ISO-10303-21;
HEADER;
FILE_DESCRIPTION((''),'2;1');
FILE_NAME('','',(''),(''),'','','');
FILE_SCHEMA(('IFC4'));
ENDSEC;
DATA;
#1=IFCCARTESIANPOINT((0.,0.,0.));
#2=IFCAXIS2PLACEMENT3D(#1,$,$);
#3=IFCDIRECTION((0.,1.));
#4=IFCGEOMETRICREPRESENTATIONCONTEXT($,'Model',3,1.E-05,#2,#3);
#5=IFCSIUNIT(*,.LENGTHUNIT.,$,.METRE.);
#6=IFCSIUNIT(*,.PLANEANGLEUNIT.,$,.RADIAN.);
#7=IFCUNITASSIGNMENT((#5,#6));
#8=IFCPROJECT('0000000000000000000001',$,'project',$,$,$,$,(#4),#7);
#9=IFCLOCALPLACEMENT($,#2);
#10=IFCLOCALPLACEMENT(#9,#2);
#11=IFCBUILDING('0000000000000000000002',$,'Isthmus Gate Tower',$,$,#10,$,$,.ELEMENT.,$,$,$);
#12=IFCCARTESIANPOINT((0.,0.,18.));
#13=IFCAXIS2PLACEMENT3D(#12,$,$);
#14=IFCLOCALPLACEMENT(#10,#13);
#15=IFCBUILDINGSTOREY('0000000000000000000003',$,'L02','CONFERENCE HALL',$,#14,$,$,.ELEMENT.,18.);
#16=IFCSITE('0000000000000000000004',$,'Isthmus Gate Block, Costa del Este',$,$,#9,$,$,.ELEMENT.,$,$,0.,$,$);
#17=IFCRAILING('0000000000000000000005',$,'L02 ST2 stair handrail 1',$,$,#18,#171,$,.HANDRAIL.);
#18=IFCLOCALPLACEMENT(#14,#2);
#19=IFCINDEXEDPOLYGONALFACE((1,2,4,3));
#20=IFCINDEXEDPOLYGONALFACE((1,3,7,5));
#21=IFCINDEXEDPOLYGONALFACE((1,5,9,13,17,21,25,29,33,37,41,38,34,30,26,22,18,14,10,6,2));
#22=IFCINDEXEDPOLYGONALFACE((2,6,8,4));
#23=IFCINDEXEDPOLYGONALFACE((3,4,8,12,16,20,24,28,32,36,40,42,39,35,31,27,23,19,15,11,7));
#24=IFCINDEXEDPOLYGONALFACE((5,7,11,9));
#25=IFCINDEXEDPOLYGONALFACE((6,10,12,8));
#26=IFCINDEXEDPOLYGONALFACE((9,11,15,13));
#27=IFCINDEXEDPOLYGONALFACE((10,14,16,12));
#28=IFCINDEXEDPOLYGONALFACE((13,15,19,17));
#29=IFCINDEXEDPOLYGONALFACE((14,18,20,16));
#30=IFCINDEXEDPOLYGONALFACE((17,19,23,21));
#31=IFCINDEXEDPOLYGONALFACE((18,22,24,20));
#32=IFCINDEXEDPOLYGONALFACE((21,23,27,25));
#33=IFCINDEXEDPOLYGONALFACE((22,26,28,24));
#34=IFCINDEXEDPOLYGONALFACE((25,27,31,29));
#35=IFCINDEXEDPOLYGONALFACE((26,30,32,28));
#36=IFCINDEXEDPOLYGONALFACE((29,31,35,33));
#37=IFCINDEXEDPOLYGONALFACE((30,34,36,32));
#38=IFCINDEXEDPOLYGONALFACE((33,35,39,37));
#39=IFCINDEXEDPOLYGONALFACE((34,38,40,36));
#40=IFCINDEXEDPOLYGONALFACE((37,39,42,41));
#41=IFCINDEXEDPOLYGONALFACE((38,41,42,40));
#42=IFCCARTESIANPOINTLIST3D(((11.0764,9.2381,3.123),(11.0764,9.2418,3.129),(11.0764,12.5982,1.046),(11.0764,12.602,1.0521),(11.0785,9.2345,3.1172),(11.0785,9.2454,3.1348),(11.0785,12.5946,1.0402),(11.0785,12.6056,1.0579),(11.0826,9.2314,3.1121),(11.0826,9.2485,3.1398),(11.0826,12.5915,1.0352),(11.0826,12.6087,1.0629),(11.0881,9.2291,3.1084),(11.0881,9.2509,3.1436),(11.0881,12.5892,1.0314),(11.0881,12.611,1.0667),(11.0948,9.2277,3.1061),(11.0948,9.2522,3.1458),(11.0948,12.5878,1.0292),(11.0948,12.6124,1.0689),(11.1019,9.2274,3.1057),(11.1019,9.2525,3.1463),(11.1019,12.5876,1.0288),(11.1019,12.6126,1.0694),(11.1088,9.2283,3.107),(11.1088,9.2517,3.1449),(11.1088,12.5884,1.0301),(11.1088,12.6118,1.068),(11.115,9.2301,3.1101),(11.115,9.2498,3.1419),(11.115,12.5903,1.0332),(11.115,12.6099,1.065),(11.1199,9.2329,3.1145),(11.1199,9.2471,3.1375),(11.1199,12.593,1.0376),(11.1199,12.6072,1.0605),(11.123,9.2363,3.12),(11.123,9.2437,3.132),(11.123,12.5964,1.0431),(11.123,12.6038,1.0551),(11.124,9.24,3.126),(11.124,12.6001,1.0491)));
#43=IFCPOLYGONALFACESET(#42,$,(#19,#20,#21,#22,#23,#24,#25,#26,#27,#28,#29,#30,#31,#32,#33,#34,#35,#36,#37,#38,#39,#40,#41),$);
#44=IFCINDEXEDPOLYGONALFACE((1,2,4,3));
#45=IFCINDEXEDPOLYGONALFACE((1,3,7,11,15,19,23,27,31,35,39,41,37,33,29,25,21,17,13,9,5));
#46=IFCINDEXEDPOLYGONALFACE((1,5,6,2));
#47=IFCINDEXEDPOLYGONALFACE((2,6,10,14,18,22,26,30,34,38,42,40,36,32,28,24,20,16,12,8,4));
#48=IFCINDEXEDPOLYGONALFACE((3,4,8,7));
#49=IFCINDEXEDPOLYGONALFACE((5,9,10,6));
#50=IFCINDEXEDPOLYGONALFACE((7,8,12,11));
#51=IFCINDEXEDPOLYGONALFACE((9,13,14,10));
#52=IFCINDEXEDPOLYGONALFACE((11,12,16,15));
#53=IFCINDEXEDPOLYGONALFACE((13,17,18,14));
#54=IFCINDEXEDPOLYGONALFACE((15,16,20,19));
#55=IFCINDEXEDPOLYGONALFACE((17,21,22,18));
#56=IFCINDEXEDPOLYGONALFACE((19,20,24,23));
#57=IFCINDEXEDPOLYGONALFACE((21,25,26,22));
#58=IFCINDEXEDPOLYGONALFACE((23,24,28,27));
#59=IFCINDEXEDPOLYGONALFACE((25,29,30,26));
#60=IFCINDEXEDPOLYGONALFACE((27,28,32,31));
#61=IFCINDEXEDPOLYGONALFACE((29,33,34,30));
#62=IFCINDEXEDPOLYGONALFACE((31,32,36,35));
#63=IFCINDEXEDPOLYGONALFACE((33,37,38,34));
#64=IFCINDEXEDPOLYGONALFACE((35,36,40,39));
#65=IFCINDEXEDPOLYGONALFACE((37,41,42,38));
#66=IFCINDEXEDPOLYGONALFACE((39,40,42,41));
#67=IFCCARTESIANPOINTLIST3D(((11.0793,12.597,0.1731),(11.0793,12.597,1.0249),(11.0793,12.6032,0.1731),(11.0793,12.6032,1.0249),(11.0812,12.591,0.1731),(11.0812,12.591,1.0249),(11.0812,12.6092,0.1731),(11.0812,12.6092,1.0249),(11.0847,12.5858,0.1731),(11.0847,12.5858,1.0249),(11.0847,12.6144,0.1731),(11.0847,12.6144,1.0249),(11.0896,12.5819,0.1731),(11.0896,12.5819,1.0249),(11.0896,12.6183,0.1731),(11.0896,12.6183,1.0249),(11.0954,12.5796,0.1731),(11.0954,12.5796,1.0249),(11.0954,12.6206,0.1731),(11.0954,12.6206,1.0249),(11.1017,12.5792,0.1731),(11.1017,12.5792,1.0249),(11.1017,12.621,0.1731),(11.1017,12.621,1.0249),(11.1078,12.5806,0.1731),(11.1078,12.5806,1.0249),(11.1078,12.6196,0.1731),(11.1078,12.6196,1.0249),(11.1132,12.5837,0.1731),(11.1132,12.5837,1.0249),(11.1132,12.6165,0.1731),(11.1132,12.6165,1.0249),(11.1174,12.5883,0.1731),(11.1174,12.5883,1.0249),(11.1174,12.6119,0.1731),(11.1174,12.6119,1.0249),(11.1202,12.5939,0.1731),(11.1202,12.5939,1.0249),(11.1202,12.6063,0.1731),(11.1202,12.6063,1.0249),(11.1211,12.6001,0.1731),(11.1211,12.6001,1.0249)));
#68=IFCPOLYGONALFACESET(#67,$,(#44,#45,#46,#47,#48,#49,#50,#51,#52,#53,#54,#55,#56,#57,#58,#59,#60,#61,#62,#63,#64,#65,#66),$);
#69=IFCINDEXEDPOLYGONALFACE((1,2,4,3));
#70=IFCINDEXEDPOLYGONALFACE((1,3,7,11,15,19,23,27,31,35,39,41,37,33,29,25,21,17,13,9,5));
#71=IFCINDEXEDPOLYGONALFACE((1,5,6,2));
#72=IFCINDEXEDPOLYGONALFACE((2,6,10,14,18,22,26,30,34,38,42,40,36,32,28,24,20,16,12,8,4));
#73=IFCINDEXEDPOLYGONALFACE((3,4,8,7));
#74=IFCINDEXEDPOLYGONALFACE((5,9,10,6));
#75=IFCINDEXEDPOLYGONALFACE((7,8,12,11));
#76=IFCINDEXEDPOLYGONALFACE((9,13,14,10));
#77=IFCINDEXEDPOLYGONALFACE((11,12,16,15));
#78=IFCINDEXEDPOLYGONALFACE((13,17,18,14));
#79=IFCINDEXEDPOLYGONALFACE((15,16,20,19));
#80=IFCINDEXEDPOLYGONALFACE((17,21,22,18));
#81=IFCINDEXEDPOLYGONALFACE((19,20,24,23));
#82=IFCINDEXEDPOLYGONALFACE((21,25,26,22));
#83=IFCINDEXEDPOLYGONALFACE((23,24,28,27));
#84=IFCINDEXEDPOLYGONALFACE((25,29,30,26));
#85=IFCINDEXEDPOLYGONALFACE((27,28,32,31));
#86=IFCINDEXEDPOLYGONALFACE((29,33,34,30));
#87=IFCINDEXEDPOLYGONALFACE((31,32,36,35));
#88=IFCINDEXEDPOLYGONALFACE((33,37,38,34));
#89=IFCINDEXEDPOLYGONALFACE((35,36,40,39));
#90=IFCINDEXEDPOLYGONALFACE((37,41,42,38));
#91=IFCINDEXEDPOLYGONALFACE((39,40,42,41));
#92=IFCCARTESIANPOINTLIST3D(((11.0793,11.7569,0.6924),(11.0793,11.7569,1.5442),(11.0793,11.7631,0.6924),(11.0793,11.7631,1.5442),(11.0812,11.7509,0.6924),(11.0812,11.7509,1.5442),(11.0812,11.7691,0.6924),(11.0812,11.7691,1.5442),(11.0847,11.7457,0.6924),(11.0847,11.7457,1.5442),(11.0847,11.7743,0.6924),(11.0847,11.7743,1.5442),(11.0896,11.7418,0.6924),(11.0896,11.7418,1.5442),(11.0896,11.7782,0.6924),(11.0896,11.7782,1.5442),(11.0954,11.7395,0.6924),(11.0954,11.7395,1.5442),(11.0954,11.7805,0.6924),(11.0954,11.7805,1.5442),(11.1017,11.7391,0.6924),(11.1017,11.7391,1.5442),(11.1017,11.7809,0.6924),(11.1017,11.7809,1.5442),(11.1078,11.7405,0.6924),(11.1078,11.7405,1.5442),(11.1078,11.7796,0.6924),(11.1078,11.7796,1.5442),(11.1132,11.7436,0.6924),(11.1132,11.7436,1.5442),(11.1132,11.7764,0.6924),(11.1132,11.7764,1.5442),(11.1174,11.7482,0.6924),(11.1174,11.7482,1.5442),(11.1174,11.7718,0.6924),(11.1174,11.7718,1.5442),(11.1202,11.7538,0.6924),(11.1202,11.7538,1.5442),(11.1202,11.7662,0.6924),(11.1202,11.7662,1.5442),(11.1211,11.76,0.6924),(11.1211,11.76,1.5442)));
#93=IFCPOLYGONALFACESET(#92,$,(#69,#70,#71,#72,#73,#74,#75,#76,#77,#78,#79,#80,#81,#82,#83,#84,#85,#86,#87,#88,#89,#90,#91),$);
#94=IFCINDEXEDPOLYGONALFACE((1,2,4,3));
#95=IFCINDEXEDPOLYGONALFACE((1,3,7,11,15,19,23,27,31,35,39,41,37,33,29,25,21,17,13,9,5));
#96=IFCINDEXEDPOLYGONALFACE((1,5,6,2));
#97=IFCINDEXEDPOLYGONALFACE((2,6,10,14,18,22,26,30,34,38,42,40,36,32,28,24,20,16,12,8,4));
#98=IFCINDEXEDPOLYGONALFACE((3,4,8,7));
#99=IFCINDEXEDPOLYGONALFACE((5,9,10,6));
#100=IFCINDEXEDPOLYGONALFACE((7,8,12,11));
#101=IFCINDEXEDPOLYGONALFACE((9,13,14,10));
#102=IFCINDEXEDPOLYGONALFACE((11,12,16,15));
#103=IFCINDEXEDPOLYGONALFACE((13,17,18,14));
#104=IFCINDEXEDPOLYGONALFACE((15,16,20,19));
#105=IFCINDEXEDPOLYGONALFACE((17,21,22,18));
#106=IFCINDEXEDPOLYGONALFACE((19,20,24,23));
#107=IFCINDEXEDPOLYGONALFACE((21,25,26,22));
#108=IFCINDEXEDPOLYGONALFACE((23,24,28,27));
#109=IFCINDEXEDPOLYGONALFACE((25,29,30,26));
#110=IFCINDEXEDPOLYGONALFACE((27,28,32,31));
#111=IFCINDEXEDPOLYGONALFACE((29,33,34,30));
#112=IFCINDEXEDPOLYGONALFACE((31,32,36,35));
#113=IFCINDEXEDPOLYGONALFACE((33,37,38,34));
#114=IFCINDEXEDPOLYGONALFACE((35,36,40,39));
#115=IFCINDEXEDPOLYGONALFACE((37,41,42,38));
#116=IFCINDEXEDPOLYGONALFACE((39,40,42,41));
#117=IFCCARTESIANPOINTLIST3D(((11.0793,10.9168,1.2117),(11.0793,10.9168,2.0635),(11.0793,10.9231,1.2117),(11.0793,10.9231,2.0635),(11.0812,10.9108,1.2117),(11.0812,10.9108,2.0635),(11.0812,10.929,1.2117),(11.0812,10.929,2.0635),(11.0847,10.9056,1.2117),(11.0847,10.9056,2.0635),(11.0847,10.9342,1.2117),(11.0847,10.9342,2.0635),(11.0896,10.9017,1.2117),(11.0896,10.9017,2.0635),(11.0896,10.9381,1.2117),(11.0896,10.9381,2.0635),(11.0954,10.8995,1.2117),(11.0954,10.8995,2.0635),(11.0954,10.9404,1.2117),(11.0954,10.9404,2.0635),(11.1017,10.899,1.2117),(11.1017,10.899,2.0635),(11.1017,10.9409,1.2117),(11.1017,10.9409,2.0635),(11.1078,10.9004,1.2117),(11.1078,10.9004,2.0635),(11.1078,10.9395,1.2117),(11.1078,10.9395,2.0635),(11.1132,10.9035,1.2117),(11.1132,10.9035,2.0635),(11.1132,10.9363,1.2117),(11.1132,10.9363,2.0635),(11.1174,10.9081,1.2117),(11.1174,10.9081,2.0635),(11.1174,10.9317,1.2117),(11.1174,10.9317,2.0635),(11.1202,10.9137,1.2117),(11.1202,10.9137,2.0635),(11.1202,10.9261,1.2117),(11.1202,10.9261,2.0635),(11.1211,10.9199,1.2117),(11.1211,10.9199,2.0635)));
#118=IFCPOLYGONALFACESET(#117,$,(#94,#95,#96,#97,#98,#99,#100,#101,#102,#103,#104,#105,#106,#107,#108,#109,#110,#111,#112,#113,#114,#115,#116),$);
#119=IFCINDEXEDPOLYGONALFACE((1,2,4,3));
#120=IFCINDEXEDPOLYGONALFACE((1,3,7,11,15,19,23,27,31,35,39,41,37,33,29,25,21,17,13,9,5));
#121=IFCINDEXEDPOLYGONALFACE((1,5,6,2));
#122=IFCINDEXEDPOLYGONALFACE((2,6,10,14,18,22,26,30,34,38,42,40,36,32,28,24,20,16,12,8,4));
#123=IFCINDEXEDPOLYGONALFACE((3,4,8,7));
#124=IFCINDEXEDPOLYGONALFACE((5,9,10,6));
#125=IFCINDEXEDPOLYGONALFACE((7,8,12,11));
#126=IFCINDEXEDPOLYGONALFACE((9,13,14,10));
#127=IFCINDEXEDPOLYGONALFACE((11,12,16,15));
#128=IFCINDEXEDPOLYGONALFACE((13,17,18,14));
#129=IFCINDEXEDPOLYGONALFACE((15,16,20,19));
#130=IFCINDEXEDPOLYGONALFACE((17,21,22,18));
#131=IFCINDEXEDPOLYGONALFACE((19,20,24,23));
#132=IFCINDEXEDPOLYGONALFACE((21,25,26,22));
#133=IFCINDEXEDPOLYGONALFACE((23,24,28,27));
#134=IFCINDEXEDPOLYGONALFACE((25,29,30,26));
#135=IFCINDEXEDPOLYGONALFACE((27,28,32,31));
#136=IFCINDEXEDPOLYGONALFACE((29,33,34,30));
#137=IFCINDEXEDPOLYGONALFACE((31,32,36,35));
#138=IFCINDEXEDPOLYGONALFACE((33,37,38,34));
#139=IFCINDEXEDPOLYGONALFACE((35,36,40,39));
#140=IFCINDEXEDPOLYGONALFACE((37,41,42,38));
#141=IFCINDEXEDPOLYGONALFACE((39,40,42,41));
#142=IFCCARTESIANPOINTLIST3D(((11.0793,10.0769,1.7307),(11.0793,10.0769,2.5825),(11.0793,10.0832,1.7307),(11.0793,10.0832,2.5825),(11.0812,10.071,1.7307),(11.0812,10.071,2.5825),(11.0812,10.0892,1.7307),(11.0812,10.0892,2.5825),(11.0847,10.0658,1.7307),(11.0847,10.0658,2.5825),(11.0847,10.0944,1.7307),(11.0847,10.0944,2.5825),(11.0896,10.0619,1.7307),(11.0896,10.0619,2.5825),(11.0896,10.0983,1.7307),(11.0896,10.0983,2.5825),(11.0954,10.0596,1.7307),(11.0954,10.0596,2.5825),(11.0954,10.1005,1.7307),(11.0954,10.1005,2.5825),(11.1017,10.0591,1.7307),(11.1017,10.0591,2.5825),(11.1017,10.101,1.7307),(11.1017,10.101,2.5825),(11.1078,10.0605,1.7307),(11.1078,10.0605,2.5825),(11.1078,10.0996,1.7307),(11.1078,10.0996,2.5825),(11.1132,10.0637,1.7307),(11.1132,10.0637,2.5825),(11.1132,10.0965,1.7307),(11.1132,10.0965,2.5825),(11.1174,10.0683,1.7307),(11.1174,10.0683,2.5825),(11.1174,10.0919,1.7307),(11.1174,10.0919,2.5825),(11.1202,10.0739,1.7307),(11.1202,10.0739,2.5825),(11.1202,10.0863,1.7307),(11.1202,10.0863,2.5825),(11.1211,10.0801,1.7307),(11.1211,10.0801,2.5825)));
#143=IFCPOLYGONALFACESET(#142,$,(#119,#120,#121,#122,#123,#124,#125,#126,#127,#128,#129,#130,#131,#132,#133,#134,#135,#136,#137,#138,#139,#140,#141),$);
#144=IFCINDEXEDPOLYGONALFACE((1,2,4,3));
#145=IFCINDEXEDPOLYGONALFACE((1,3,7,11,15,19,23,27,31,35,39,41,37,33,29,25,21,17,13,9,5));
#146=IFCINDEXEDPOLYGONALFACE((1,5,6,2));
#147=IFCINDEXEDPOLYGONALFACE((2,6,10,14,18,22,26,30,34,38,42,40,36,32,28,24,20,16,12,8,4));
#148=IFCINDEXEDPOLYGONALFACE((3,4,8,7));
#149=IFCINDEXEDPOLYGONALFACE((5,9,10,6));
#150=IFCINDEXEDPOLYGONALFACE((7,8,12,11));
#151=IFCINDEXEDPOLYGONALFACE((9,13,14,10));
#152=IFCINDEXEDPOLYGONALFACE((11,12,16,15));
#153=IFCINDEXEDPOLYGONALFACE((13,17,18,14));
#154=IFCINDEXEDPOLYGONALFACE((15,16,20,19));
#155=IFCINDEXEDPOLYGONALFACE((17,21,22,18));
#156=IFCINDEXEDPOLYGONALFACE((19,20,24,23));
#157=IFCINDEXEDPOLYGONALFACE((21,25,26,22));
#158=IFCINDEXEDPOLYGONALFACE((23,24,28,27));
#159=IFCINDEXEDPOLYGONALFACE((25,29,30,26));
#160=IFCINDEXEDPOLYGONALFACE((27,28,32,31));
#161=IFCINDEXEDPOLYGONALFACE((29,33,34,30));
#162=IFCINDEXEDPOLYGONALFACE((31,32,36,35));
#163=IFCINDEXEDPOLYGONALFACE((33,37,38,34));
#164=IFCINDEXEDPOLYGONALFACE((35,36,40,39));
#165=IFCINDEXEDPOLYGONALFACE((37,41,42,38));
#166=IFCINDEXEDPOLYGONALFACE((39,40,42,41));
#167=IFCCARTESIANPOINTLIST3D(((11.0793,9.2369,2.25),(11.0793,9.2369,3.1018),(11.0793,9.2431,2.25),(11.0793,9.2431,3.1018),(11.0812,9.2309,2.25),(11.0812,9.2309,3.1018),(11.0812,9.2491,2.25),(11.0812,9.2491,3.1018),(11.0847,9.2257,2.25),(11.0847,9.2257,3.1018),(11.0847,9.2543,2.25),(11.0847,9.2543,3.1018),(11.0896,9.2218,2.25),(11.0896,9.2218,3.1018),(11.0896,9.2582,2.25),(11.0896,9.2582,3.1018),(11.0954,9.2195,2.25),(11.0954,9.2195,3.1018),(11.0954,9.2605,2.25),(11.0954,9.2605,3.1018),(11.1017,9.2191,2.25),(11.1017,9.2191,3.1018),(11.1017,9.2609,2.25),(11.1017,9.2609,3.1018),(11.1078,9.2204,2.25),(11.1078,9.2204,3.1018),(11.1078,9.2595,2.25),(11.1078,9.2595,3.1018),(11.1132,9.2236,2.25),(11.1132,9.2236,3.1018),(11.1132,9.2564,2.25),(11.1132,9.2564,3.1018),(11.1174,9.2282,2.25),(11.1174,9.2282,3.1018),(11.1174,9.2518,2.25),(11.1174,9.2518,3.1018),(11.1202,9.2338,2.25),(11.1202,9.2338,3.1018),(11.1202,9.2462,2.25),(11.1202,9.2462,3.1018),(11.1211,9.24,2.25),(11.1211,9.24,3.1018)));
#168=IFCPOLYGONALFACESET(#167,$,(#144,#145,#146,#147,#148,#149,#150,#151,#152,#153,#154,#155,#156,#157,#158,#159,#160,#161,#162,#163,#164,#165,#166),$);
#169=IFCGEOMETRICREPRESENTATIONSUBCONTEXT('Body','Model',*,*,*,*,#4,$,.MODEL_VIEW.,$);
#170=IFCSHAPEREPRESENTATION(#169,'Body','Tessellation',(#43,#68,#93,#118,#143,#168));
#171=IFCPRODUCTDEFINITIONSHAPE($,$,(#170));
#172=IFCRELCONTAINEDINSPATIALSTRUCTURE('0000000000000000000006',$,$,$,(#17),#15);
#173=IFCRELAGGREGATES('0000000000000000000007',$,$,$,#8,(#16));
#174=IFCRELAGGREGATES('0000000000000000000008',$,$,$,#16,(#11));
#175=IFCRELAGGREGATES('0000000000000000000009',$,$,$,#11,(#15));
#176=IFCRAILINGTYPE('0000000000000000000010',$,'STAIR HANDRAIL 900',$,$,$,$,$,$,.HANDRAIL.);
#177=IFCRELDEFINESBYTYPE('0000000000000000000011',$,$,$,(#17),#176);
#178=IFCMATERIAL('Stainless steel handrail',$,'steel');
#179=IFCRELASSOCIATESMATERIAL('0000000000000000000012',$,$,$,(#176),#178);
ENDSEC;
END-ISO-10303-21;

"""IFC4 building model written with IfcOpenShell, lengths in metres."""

from ifc_helpers import new_model, si_unit, direction, frame, origin, origin_2d, place, context, subcontext, project, spatial, circle, extrude, material, type_object, element, save


model = new_model("IFC4")

# Units and contexts
model_context = context("Model", 3, precision=1e-05, world=origin(), true_north=direction((0.0, 1.0)))
body_context = subcontext(model_context, "Body", "Model", "MODEL_VIEW")
ifc_project = project(units=[si_unit("LENGTHUNIT", "METRE"), si_unit("PLANEANGLEUNIT", "RADIAN")], contexts=[model_context])

# Site, building, storey
site_placement = place(None, origin())
site = spatial("IfcSite", under=ifc_project, at=site_placement, Name="Isthmus Gate Block, Costa del Este", CompositionType="ELEMENT", RefElevation=0.0)
building_placement = place(site_placement, origin())
building = spatial("IfcBuilding", under=site, at=building_placement, Name="Isthmus Gate Tower", CompositionType="ELEMENT")
storey_placement = place(building_placement, frame((0.0, 0.0, 18.0)))
storey = spatial("IfcBuildingStorey", under=building, at=storey_placement, Name="L02", Description="CONFERENCE HALL", CompositionType="ELEMENT", Elevation=18.0)

# Railing
ifc_material_1 = material(Name="Stainless steel handrail", Category="steel")
railing_type_1 = type_object("IfcRailingType", Name="STAIR HANDRAIL 900", PredefinedType="HANDRAIL", material=ifc_material_1)
railing_1_placement = place(storey_placement, frame((11.1001, 12.6001, 0.1731)))
element("IfcRailing", 1, at=railing_1_placement, inside=storey, type_object=railing_type_1, Name="L02 ST2 stair handrail 1", PredefinedType="HANDRAIL", context=body_context, shape_type="SweptSolid", body=[
    extrude(circle(Radius=0.0239, at=origin_2d()), frame((0.0, 0.0, 0.876), z_axis=(0.0, -0.850623, 0.525776), x_axis=(1.0, 0.0, 0.0)), (0.0, 0.0, 1.0), 3.9502),
    extrude(circle(Radius=0.021, at=origin_2d()), origin(), (0.0, 0.0, 1.0), 0.8518),
    extrude(circle(Radius=0.021, at=origin_2d()), frame((0.0, -0.8401, 0.5193)), (0.0, 0.0, 1.0), 0.8518),
    extrude(circle(Radius=0.021, at=origin_2d()), frame((0.0, -1.6802, 1.0386)), (0.0, 0.0, 1.0), 0.8518),
    extrude(circle(Radius=0.021, at=origin_2d()), frame((0.0, -2.52, 1.5576)), (0.0, 0.0, 1.0), 0.8518),
    extrude(circle(Radius=0.021, at=origin_2d()), frame((0.0, -3.3601, 2.0769)), (0.0, 0.0, 1.0), 0.8518),
])

save(model, "model.ifc")
